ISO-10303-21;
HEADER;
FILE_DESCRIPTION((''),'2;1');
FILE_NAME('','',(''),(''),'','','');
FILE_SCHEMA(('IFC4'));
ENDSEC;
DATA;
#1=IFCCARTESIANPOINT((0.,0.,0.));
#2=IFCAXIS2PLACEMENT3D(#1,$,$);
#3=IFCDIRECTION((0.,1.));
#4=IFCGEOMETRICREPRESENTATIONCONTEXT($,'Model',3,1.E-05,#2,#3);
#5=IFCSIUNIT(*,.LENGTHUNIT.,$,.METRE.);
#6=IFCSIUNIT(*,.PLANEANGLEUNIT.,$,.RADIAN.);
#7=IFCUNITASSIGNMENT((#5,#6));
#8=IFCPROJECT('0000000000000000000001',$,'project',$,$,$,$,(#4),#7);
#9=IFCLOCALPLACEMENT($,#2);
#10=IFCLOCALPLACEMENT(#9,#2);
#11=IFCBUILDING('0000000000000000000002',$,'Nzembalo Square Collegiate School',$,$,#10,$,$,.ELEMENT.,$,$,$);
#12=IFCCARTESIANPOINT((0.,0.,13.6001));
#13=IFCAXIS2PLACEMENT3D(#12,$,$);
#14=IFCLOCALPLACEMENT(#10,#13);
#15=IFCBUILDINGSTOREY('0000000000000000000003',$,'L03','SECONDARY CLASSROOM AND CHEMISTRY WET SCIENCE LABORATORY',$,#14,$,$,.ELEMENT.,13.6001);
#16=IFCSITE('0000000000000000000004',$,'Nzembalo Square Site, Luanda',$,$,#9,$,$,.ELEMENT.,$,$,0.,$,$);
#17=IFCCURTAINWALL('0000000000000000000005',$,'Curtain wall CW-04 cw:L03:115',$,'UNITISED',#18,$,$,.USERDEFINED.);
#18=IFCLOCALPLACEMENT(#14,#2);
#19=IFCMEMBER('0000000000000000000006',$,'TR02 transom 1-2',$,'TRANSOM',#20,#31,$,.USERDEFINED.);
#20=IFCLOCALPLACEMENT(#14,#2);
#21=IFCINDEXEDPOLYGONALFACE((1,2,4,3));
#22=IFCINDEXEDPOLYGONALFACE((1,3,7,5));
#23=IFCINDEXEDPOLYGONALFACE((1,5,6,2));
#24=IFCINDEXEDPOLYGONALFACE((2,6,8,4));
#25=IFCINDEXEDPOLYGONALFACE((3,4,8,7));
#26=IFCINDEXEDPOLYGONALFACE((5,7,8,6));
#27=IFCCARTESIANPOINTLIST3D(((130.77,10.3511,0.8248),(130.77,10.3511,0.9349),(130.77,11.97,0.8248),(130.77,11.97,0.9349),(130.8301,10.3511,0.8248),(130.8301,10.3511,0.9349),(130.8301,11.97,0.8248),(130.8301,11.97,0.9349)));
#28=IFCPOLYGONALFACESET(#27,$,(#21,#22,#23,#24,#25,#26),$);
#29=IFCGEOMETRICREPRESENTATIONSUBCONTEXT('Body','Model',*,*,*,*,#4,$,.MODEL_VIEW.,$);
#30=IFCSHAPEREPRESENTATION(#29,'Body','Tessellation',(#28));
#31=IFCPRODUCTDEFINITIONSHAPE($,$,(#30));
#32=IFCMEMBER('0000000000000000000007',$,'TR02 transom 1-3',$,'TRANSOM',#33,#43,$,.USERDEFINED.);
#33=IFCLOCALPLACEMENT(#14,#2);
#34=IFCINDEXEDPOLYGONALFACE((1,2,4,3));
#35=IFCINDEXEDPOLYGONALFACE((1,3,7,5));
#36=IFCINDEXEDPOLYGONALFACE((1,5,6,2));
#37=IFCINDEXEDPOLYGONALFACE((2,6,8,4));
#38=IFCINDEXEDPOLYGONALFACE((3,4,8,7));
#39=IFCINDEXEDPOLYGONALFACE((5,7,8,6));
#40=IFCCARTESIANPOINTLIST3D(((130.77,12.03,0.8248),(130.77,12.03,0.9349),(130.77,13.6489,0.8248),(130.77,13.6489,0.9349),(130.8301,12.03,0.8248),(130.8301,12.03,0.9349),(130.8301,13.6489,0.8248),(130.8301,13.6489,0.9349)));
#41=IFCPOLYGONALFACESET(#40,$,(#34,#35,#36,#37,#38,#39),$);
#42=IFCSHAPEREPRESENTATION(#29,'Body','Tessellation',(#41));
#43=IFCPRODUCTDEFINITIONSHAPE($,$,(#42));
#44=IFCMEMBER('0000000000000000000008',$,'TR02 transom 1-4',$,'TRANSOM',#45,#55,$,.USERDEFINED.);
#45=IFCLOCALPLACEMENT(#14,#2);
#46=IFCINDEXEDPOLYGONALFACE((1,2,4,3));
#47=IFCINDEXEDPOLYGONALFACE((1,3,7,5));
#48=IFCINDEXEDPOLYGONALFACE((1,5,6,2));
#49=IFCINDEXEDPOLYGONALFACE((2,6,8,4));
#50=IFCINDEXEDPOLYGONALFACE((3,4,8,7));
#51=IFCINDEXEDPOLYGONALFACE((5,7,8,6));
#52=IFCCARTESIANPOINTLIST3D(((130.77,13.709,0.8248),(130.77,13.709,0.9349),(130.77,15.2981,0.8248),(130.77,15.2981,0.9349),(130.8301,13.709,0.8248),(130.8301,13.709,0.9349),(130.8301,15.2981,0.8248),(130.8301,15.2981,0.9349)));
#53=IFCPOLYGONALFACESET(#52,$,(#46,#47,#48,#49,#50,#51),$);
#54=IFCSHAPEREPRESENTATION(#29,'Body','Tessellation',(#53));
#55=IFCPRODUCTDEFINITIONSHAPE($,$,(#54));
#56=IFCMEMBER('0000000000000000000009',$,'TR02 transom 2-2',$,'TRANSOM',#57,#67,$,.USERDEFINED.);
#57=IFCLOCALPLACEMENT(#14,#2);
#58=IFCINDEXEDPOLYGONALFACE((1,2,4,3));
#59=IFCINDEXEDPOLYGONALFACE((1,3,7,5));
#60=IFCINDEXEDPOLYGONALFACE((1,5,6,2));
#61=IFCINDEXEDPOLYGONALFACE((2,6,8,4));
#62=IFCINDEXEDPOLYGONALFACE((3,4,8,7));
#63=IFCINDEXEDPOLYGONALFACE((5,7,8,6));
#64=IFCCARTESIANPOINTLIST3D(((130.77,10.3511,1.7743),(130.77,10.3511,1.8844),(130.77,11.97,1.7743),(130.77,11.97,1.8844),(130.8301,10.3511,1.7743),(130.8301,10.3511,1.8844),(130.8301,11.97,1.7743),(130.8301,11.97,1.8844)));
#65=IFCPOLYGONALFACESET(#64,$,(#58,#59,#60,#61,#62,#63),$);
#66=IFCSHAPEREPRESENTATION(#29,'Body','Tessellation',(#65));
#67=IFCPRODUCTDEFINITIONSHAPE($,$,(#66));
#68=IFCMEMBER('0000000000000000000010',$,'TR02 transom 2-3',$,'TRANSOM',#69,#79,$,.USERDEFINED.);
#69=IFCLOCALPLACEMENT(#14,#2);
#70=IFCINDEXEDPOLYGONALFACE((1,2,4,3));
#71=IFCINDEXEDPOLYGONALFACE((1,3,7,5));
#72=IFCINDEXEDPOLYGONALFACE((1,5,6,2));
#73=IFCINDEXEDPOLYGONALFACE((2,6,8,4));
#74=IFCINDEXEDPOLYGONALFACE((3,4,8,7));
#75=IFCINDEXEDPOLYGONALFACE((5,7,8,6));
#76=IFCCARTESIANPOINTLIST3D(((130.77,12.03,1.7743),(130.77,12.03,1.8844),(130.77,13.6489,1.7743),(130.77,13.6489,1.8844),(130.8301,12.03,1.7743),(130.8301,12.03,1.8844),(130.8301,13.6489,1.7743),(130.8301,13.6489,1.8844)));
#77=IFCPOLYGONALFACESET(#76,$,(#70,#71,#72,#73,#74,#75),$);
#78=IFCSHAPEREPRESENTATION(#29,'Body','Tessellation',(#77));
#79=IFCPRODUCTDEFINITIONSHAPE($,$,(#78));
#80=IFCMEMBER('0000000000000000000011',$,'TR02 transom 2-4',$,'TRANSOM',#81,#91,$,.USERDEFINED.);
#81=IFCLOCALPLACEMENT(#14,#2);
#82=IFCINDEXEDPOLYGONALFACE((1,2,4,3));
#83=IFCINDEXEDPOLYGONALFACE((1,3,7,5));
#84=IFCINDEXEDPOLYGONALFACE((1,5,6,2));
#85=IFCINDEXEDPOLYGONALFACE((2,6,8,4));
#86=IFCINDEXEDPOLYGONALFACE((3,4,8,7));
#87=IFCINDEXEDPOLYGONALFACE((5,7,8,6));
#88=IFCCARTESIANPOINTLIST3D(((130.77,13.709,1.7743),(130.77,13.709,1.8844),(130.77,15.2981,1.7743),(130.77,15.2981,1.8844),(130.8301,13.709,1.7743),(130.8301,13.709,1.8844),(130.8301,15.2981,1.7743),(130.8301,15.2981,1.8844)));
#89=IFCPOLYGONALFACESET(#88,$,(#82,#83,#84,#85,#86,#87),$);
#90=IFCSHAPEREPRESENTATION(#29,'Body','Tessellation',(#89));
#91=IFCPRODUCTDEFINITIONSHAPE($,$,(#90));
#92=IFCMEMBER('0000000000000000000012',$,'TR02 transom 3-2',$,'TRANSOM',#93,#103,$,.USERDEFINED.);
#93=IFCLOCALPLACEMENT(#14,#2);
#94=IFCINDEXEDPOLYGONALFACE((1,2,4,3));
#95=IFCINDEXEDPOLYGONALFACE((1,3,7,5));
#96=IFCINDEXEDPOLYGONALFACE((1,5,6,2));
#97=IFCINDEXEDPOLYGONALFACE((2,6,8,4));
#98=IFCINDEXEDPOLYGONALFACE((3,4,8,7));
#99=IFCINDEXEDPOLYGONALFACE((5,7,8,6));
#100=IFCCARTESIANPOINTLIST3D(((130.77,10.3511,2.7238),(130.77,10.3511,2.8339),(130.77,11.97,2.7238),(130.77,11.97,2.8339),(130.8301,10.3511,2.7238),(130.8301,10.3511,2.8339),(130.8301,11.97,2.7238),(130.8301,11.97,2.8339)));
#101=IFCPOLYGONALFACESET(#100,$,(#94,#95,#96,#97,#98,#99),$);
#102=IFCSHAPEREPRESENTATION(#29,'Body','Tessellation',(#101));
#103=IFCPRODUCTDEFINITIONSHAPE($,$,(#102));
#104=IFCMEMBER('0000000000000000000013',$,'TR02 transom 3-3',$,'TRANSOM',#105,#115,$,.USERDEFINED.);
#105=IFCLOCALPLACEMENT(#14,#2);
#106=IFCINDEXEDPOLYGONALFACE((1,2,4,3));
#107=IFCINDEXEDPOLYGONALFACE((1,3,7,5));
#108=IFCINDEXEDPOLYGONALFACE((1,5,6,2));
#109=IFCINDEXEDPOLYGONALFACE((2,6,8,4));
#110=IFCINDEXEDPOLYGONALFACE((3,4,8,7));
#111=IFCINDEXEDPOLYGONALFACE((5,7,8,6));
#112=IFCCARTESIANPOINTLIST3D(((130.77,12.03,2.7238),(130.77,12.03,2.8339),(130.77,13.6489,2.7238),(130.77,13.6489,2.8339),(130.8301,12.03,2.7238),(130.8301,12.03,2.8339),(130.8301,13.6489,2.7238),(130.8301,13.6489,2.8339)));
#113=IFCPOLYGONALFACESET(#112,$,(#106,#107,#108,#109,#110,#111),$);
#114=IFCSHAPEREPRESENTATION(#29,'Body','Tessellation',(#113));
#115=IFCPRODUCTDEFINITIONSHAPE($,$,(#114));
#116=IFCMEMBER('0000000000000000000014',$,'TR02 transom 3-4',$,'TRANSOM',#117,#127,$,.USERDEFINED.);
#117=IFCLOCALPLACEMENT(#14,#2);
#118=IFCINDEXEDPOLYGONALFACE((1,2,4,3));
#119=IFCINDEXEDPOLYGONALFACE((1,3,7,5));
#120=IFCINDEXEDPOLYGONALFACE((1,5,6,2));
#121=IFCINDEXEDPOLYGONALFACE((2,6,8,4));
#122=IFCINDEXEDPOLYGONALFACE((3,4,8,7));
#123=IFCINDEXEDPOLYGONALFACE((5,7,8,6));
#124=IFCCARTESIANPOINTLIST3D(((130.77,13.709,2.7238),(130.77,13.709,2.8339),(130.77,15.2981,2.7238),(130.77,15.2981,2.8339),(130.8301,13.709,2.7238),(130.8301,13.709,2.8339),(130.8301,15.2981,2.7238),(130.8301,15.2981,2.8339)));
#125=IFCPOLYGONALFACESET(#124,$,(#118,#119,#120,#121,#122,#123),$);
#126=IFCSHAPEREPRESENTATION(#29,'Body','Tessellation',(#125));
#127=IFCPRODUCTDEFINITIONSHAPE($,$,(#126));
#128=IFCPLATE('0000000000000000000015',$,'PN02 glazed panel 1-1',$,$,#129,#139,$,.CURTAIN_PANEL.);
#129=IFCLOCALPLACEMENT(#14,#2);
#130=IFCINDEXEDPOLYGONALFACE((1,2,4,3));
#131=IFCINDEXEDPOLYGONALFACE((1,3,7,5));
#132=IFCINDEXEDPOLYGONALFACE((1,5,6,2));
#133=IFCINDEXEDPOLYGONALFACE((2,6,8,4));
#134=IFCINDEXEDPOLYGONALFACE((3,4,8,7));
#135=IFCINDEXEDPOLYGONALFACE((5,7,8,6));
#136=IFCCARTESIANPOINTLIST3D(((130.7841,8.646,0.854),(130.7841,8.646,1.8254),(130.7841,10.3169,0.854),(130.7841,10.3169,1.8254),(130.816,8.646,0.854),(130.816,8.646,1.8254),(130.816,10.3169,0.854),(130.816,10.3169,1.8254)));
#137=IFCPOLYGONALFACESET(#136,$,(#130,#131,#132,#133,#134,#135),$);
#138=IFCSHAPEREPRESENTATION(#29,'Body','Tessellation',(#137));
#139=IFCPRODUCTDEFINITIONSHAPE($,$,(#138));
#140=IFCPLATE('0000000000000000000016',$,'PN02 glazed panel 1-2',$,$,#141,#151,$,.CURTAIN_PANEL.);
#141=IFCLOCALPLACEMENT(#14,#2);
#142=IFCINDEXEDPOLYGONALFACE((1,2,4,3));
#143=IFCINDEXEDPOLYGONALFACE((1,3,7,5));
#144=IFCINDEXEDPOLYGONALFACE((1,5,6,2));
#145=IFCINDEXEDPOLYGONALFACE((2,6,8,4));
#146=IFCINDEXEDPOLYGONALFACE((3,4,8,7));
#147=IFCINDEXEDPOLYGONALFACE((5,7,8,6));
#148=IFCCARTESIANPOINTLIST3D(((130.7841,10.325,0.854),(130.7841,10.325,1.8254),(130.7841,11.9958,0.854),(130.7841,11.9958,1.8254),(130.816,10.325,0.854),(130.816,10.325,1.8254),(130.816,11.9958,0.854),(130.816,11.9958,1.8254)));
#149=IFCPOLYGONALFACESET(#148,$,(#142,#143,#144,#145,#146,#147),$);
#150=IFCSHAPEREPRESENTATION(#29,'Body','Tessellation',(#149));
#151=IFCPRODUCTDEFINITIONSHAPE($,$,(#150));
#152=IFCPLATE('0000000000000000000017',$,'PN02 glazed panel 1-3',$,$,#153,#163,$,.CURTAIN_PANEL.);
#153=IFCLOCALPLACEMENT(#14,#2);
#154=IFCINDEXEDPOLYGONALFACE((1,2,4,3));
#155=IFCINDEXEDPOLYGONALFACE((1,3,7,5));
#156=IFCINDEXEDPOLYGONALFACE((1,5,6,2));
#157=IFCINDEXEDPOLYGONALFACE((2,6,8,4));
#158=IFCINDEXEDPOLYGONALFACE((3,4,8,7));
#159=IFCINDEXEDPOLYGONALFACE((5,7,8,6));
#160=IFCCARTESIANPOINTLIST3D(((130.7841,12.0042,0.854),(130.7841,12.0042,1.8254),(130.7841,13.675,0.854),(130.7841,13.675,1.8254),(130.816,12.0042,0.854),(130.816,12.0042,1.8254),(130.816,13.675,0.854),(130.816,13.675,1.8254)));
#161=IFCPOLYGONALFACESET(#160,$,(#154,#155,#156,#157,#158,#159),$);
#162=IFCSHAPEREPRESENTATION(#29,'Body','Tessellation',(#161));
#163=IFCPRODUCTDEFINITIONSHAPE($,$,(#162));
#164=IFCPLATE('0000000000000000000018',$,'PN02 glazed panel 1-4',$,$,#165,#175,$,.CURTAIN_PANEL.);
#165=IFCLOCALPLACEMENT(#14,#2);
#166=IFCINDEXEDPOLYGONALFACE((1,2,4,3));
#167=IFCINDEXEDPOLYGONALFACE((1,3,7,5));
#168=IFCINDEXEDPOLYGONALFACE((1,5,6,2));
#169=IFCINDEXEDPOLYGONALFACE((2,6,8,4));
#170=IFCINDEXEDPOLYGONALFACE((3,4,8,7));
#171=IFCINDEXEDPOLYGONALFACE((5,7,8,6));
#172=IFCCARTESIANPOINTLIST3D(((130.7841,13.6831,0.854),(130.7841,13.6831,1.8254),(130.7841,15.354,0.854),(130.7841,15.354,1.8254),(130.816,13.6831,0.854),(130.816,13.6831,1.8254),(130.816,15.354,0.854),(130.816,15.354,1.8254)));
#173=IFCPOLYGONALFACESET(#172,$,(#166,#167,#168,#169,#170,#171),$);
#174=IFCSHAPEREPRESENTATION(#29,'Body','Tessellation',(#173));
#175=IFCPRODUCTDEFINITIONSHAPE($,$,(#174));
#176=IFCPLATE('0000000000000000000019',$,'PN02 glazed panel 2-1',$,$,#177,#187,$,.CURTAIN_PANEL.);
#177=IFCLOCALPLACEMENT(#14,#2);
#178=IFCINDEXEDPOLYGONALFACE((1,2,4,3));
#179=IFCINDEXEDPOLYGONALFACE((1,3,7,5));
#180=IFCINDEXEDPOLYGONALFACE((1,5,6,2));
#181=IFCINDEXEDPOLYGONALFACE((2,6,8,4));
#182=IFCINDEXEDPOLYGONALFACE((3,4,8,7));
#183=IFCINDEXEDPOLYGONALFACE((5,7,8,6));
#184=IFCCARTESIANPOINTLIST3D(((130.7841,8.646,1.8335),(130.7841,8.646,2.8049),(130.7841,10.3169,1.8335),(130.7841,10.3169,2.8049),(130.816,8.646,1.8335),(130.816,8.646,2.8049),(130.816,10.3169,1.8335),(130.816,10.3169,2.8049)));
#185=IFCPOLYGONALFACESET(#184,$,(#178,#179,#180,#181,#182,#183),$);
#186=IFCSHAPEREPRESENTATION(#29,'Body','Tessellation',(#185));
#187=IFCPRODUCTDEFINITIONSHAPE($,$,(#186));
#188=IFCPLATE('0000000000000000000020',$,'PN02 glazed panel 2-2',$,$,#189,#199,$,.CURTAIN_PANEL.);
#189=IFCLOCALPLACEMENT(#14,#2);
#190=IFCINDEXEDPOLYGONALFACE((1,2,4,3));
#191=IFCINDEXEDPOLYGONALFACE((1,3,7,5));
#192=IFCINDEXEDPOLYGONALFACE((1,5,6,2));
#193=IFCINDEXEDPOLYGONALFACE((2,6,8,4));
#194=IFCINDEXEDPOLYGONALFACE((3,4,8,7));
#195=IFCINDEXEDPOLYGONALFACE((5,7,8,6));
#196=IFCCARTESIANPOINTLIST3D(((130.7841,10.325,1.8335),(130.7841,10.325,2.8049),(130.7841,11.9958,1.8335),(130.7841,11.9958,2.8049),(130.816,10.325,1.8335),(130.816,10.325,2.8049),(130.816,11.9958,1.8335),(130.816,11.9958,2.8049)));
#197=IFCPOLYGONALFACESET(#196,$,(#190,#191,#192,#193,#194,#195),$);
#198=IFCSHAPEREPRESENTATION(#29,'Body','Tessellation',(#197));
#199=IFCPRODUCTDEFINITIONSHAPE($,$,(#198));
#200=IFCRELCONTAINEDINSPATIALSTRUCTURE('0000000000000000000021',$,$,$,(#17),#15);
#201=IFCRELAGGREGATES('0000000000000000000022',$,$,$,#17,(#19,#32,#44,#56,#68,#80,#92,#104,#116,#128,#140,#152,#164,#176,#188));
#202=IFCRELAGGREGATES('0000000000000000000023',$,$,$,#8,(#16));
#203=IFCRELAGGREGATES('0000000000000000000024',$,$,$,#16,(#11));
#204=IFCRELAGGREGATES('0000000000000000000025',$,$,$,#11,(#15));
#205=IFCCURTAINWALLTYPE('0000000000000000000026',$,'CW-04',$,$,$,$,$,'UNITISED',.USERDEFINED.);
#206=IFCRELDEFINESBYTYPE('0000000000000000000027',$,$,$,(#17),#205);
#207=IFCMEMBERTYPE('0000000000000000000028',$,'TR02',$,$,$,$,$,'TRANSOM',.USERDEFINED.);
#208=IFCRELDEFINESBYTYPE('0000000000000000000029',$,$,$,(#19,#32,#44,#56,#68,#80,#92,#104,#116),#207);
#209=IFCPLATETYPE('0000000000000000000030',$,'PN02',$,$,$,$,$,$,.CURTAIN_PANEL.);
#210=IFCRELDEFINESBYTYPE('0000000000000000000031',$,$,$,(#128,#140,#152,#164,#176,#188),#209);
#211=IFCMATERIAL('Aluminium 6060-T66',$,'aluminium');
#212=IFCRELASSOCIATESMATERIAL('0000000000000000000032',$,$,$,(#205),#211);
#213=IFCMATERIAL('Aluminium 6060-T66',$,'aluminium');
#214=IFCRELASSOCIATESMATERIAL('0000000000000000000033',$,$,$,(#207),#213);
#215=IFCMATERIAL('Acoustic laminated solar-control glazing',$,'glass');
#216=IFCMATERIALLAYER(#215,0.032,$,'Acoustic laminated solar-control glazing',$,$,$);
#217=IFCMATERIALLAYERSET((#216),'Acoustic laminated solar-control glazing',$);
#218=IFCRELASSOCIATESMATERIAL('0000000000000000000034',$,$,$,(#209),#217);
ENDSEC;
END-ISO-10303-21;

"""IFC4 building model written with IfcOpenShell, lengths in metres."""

from ifc_helpers import new_model, si_unit, direction, frame, origin, origin_2d, place, context, subcontext, project, spatial, rectangle, extrude, material, layer, layer_set, material_profile, profile_set, type_object, element, aggregate, save


model = new_model("IFC4")

# Units and contexts
model_context = context("Model", 3, precision=1e-05, world=origin(), true_north=direction((0.0, 1.0)))
body_context = subcontext(model_context, "Body", "Model", "MODEL_VIEW")
ifc_project = project(units=[si_unit("LENGTHUNIT", "METRE"), si_unit("PLANEANGLEUNIT", "RADIAN")], contexts=[model_context])

# Site, building, storey
site_placement = place(None, origin())
site = spatial("IfcSite", under=ifc_project, at=site_placement, Name="Nzembalo Square Site, Luanda", CompositionType="ELEMENT", RefElevation=0.0)
building_placement = place(site_placement, origin())
building = spatial("IfcBuilding", under=site, at=building_placement, Name="Nzembalo Square Collegiate School", CompositionType="ELEMENT")
storey_placement = place(building_placement, frame((0.0, 0.0, 13.6001)))
storey = spatial("IfcBuildingStorey", under=building, at=storey_placement, Name="L03", Description="SECONDARY CLASSROOM AND CHEMISTRY WET SCIENCE LABORATORY", CompositionType="ELEMENT", Elevation=13.6001)

# Curtain wall
ifc_material_1 = material(Name="Aluminium 6060-T66", Category="aluminium")
curtain_wall_type_1 = type_object("IfcCurtainWallType", Name="CW-04", ElementType="UNITISED", PredefinedType="USERDEFINED", material=ifc_material_1)
curtain_wall_1_placement = place(storey_placement, origin())
curtain_wall_1 = element("IfcCurtainWall", 1, at=curtain_wall_1_placement, inside=storey, type_object=curtain_wall_type_1, Name="Curtain wall CW-04 cw:L03:115", ObjectType="UNITISED", PredefinedType="USERDEFINED")

# Members
ifc_material_2 = material(Name="Aluminium 6060-T66", Category="aluminium")
ifc_material_profile_1 = material_profile(ifc_material_2, rectangle(XDim=0.0601, YDim=0.1101, at=origin_2d()), Name="ALU T60x110")
ifc_profile_set_1 = profile_set([ifc_material_profile_1], Name="Aluminium 6060-T66")
member_type_1 = type_object("IfcMemberType", Name="TR02", ElementType="TRANSOM", PredefinedType="USERDEFINED", material=ifc_profile_set_1)
member_1_placement = place(storey_placement, frame((130.8, 10.3511, 0.8799), z_axis=(0.0, 1.0, 0.0), x_axis=(-1.0, 0.0, 0.0)))
member_1 = element("IfcMember", 2, at=member_1_placement, type_object=member_type_1, Name="TR02 transom 1-2", ObjectType="TRANSOM", PredefinedType="USERDEFINED", context=body_context, shape_type="SweptSolid", body=[
    extrude(rectangle(XDim=0.0601, YDim=0.1101, at=origin_2d()), origin(), (0.0, 0.0, 1.0), 1.6189),
])
member_2_placement = place(storey_placement, frame((130.8, 12.03, 0.8799), z_axis=(0.0, 1.0, 0.0), x_axis=(-1.0, 0.0, 0.0)))
member_2 = element("IfcMember", 3, at=member_2_placement, type_object=member_type_1, Name="TR02 transom 1-3", ObjectType="TRANSOM", PredefinedType="USERDEFINED", context=body_context, shape_type="SweptSolid", body=[
    extrude(rectangle(XDim=0.0601, YDim=0.1101, at=origin_2d()), origin(), (0.0, 0.0, 1.0), 1.6189),
])
member_3_placement = place(storey_placement, frame((130.8, 13.709, 0.8799), z_axis=(0.0, 1.0, 0.0), x_axis=(-1.0, 0.0, 0.0)))
member_3 = element("IfcMember", 4, at=member_3_placement, type_object=member_type_1, Name="TR02 transom 1-4", ObjectType="TRANSOM", PredefinedType="USERDEFINED", context=body_context, shape_type="SweptSolid", body=[
    extrude(rectangle(XDim=0.0601, YDim=0.1101, at=origin_2d()), origin(), (0.0, 0.0, 1.0), 1.5891),
])
member_4_placement = place(storey_placement, frame((130.8, 10.3511, 1.8293), z_axis=(0.0, 1.0, 0.0), x_axis=(-1.0, 0.0, 0.0)))
member_4 = element("IfcMember", 5, at=member_4_placement, type_object=member_type_1, Name="TR02 transom 2-2", ObjectType="TRANSOM", PredefinedType="USERDEFINED", context=body_context, shape_type="SweptSolid", body=[
    extrude(rectangle(XDim=0.0601, YDim=0.1101, at=origin_2d()), origin(), (0.0, 0.0, 1.0), 1.6189),
])
member_5_placement = place(storey_placement, frame((130.8, 12.03, 1.8293), z_axis=(0.0, 1.0, 0.0), x_axis=(-1.0, 0.0, 0.0)))
member_5 = element("IfcMember", 6, at=member_5_placement, type_object=member_type_1, Name="TR02 transom 2-3", ObjectType="TRANSOM", PredefinedType="USERDEFINED", context=body_context, shape_type="SweptSolid", body=[
    extrude(rectangle(XDim=0.0601, YDim=0.1101, at=origin_2d()), origin(), (0.0, 0.0, 1.0), 1.6189),
])
member_6_placement = place(storey_placement, frame((130.8, 13.709, 1.8293), z_axis=(0.0, 1.0, 0.0), x_axis=(-1.0, 0.0, 0.0)))
member_6 = element("IfcMember", 7, at=member_6_placement, type_object=member_type_1, Name="TR02 transom 2-4", ObjectType="TRANSOM", PredefinedType="USERDEFINED", context=body_context, shape_type="SweptSolid", body=[
    extrude(rectangle(XDim=0.0601, YDim=0.1101, at=origin_2d()), origin(), (0.0, 0.0, 1.0), 1.5891),
])
member_7_placement = place(storey_placement, frame((130.8, 10.3511, 2.7788), z_axis=(0.0, 1.0, 0.0), x_axis=(-1.0, 0.0, 0.0)))
member_7 = element("IfcMember", 8, at=member_7_placement, type_object=member_type_1, Name="TR02 transom 3-2", ObjectType="TRANSOM", PredefinedType="USERDEFINED", context=body_context, shape_type="SweptSolid", body=[
    extrude(rectangle(XDim=0.0601, YDim=0.1101, at=origin_2d()), origin(), (0.0, 0.0, 1.0), 1.6189),
])
member_8_placement = place(storey_placement, frame((130.8, 12.03, 2.7788), z_axis=(0.0, 1.0, 0.0), x_axis=(-1.0, 0.0, 0.0)))
member_8 = element("IfcMember", 9, at=member_8_placement, type_object=member_type_1, Name="TR02 transom 3-3", ObjectType="TRANSOM", PredefinedType="USERDEFINED", context=body_context, shape_type="SweptSolid", body=[
    extrude(rectangle(XDim=0.0601, YDim=0.1101, at=origin_2d()), origin(), (0.0, 0.0, 1.0), 1.6189),
])
member_9_placement = place(storey_placement, frame((130.8, 13.709, 2.7788), z_axis=(0.0, 1.0, 0.0), x_axis=(-1.0, 0.0, 0.0)))
member_9 = element("IfcMember", 10, at=member_9_placement, type_object=member_type_1, Name="TR02 transom 3-4", ObjectType="TRANSOM", PredefinedType="USERDEFINED", context=body_context, shape_type="SweptSolid", body=[
    extrude(rectangle(XDim=0.0601, YDim=0.1101, at=origin_2d()), origin(), (0.0, 0.0, 1.0), 1.5891),
])

# Plates
ifc_material_3 = material(Name="Acoustic laminated solar-control glazing", Category="glass")
ifc_layer_1 = layer(ifc_material_3, 0.032, Name="Acoustic laminated solar-control glazing")
ifc_layer_set_1 = layer_set([ifc_layer_1], Name="Acoustic laminated solar-control glazing")
plate_type = type_object("IfcPlateType", Name="PN02", PredefinedType="CURTAIN_PANEL", material=ifc_layer_set_1)
plate_1_placement = place(storey_placement, frame((130.8, 9.4814, 0.854), z_axis=(0.0, 0.0, 1.0), x_axis=(0.0, 1.0, 0.0)))
plate_1 = element("IfcPlate", 11, at=plate_1_placement, type_object=plate_type, Name="PN02 glazed panel 1-1", PredefinedType="CURTAIN_PANEL", context=body_context, shape_type="SweptSolid", body=[
    extrude(rectangle(XDim=1.6709, YDim=0.032, at=origin_2d()), origin(), (0.0, 0.0, 1.0), 0.9714),
])
plate_2_placement = place(storey_placement, frame((130.8, 11.1604, 0.854), z_axis=(0.0, 0.0, 1.0), x_axis=(0.0, 1.0, 0.0)))
plate_2 = element("IfcPlate", 12, at=plate_2_placement, type_object=plate_type, Name="PN02 glazed panel 1-2", PredefinedType="CURTAIN_PANEL", context=body_context, shape_type="SweptSolid", body=[
    extrude(rectangle(XDim=1.6709, YDim=0.032, at=origin_2d()), origin(), (0.0, 0.0, 1.0), 0.9714),
])
plate_3_placement = place(storey_placement, frame((130.8, 12.8396, 0.854), z_axis=(0.0, 0.0, 1.0), x_axis=(0.0, 1.0, 0.0)))
plate_3 = element("IfcPlate", 13, at=plate_3_placement, type_object=plate_type, Name="PN02 glazed panel 1-3", PredefinedType="CURTAIN_PANEL", context=body_context, shape_type="SweptSolid", body=[
    extrude(rectangle(XDim=1.6709, YDim=0.032, at=origin_2d()), origin(), (0.0, 0.0, 1.0), 0.9714),
])
plate_4_placement = place(storey_placement, frame((130.8, 14.5186, 0.854), z_axis=(0.0, 0.0, 1.0), x_axis=(0.0, 1.0, 0.0)))
plate_4 = element("IfcPlate", 14, at=plate_4_placement, type_object=plate_type, Name="PN02 glazed panel 1-4", PredefinedType="CURTAIN_PANEL", context=body_context, shape_type="SweptSolid", body=[
    extrude(rectangle(XDim=1.6709, YDim=0.032, at=origin_2d()), origin(), (0.0, 0.0, 1.0), 0.9714),
])
plate_5_placement = place(storey_placement, frame((130.8, 9.4814, 1.8335), z_axis=(0.0, 0.0, 1.0), x_axis=(0.0, 1.0, 0.0)))
plate_5 = element("IfcPlate", 15, at=plate_5_placement, type_object=plate_type, Name="PN02 glazed panel 2-1", PredefinedType="CURTAIN_PANEL", context=body_context, shape_type="SweptSolid", body=[
    extrude(rectangle(XDim=1.6709, YDim=0.032, at=origin_2d()), origin(), (0.0, 0.0, 1.0), 0.9714),
])
plate_6_placement = place(storey_placement, frame((130.8, 11.1604, 1.8335), z_axis=(0.0, 0.0, 1.0), x_axis=(0.0, 1.0, 0.0)))
plate_6 = element("IfcPlate", 16, at=plate_6_placement, type_object=plate_type, Name="PN02 glazed panel 2-2", PredefinedType="CURTAIN_PANEL", context=body_context, shape_type="SweptSolid", body=[
    extrude(rectangle(XDim=1.6709, YDim=0.032, at=origin_2d()), origin(), (0.0, 0.0, 1.0), 0.9714),
])
aggregate(curtain_wall_1, [member_1, member_2, member_3, member_4, member_5, member_6, member_7, member_8, member_9, plate_1, plate_2, plate_3, plate_4, plate_5, plate_6])

save(model, "model.ifc")
